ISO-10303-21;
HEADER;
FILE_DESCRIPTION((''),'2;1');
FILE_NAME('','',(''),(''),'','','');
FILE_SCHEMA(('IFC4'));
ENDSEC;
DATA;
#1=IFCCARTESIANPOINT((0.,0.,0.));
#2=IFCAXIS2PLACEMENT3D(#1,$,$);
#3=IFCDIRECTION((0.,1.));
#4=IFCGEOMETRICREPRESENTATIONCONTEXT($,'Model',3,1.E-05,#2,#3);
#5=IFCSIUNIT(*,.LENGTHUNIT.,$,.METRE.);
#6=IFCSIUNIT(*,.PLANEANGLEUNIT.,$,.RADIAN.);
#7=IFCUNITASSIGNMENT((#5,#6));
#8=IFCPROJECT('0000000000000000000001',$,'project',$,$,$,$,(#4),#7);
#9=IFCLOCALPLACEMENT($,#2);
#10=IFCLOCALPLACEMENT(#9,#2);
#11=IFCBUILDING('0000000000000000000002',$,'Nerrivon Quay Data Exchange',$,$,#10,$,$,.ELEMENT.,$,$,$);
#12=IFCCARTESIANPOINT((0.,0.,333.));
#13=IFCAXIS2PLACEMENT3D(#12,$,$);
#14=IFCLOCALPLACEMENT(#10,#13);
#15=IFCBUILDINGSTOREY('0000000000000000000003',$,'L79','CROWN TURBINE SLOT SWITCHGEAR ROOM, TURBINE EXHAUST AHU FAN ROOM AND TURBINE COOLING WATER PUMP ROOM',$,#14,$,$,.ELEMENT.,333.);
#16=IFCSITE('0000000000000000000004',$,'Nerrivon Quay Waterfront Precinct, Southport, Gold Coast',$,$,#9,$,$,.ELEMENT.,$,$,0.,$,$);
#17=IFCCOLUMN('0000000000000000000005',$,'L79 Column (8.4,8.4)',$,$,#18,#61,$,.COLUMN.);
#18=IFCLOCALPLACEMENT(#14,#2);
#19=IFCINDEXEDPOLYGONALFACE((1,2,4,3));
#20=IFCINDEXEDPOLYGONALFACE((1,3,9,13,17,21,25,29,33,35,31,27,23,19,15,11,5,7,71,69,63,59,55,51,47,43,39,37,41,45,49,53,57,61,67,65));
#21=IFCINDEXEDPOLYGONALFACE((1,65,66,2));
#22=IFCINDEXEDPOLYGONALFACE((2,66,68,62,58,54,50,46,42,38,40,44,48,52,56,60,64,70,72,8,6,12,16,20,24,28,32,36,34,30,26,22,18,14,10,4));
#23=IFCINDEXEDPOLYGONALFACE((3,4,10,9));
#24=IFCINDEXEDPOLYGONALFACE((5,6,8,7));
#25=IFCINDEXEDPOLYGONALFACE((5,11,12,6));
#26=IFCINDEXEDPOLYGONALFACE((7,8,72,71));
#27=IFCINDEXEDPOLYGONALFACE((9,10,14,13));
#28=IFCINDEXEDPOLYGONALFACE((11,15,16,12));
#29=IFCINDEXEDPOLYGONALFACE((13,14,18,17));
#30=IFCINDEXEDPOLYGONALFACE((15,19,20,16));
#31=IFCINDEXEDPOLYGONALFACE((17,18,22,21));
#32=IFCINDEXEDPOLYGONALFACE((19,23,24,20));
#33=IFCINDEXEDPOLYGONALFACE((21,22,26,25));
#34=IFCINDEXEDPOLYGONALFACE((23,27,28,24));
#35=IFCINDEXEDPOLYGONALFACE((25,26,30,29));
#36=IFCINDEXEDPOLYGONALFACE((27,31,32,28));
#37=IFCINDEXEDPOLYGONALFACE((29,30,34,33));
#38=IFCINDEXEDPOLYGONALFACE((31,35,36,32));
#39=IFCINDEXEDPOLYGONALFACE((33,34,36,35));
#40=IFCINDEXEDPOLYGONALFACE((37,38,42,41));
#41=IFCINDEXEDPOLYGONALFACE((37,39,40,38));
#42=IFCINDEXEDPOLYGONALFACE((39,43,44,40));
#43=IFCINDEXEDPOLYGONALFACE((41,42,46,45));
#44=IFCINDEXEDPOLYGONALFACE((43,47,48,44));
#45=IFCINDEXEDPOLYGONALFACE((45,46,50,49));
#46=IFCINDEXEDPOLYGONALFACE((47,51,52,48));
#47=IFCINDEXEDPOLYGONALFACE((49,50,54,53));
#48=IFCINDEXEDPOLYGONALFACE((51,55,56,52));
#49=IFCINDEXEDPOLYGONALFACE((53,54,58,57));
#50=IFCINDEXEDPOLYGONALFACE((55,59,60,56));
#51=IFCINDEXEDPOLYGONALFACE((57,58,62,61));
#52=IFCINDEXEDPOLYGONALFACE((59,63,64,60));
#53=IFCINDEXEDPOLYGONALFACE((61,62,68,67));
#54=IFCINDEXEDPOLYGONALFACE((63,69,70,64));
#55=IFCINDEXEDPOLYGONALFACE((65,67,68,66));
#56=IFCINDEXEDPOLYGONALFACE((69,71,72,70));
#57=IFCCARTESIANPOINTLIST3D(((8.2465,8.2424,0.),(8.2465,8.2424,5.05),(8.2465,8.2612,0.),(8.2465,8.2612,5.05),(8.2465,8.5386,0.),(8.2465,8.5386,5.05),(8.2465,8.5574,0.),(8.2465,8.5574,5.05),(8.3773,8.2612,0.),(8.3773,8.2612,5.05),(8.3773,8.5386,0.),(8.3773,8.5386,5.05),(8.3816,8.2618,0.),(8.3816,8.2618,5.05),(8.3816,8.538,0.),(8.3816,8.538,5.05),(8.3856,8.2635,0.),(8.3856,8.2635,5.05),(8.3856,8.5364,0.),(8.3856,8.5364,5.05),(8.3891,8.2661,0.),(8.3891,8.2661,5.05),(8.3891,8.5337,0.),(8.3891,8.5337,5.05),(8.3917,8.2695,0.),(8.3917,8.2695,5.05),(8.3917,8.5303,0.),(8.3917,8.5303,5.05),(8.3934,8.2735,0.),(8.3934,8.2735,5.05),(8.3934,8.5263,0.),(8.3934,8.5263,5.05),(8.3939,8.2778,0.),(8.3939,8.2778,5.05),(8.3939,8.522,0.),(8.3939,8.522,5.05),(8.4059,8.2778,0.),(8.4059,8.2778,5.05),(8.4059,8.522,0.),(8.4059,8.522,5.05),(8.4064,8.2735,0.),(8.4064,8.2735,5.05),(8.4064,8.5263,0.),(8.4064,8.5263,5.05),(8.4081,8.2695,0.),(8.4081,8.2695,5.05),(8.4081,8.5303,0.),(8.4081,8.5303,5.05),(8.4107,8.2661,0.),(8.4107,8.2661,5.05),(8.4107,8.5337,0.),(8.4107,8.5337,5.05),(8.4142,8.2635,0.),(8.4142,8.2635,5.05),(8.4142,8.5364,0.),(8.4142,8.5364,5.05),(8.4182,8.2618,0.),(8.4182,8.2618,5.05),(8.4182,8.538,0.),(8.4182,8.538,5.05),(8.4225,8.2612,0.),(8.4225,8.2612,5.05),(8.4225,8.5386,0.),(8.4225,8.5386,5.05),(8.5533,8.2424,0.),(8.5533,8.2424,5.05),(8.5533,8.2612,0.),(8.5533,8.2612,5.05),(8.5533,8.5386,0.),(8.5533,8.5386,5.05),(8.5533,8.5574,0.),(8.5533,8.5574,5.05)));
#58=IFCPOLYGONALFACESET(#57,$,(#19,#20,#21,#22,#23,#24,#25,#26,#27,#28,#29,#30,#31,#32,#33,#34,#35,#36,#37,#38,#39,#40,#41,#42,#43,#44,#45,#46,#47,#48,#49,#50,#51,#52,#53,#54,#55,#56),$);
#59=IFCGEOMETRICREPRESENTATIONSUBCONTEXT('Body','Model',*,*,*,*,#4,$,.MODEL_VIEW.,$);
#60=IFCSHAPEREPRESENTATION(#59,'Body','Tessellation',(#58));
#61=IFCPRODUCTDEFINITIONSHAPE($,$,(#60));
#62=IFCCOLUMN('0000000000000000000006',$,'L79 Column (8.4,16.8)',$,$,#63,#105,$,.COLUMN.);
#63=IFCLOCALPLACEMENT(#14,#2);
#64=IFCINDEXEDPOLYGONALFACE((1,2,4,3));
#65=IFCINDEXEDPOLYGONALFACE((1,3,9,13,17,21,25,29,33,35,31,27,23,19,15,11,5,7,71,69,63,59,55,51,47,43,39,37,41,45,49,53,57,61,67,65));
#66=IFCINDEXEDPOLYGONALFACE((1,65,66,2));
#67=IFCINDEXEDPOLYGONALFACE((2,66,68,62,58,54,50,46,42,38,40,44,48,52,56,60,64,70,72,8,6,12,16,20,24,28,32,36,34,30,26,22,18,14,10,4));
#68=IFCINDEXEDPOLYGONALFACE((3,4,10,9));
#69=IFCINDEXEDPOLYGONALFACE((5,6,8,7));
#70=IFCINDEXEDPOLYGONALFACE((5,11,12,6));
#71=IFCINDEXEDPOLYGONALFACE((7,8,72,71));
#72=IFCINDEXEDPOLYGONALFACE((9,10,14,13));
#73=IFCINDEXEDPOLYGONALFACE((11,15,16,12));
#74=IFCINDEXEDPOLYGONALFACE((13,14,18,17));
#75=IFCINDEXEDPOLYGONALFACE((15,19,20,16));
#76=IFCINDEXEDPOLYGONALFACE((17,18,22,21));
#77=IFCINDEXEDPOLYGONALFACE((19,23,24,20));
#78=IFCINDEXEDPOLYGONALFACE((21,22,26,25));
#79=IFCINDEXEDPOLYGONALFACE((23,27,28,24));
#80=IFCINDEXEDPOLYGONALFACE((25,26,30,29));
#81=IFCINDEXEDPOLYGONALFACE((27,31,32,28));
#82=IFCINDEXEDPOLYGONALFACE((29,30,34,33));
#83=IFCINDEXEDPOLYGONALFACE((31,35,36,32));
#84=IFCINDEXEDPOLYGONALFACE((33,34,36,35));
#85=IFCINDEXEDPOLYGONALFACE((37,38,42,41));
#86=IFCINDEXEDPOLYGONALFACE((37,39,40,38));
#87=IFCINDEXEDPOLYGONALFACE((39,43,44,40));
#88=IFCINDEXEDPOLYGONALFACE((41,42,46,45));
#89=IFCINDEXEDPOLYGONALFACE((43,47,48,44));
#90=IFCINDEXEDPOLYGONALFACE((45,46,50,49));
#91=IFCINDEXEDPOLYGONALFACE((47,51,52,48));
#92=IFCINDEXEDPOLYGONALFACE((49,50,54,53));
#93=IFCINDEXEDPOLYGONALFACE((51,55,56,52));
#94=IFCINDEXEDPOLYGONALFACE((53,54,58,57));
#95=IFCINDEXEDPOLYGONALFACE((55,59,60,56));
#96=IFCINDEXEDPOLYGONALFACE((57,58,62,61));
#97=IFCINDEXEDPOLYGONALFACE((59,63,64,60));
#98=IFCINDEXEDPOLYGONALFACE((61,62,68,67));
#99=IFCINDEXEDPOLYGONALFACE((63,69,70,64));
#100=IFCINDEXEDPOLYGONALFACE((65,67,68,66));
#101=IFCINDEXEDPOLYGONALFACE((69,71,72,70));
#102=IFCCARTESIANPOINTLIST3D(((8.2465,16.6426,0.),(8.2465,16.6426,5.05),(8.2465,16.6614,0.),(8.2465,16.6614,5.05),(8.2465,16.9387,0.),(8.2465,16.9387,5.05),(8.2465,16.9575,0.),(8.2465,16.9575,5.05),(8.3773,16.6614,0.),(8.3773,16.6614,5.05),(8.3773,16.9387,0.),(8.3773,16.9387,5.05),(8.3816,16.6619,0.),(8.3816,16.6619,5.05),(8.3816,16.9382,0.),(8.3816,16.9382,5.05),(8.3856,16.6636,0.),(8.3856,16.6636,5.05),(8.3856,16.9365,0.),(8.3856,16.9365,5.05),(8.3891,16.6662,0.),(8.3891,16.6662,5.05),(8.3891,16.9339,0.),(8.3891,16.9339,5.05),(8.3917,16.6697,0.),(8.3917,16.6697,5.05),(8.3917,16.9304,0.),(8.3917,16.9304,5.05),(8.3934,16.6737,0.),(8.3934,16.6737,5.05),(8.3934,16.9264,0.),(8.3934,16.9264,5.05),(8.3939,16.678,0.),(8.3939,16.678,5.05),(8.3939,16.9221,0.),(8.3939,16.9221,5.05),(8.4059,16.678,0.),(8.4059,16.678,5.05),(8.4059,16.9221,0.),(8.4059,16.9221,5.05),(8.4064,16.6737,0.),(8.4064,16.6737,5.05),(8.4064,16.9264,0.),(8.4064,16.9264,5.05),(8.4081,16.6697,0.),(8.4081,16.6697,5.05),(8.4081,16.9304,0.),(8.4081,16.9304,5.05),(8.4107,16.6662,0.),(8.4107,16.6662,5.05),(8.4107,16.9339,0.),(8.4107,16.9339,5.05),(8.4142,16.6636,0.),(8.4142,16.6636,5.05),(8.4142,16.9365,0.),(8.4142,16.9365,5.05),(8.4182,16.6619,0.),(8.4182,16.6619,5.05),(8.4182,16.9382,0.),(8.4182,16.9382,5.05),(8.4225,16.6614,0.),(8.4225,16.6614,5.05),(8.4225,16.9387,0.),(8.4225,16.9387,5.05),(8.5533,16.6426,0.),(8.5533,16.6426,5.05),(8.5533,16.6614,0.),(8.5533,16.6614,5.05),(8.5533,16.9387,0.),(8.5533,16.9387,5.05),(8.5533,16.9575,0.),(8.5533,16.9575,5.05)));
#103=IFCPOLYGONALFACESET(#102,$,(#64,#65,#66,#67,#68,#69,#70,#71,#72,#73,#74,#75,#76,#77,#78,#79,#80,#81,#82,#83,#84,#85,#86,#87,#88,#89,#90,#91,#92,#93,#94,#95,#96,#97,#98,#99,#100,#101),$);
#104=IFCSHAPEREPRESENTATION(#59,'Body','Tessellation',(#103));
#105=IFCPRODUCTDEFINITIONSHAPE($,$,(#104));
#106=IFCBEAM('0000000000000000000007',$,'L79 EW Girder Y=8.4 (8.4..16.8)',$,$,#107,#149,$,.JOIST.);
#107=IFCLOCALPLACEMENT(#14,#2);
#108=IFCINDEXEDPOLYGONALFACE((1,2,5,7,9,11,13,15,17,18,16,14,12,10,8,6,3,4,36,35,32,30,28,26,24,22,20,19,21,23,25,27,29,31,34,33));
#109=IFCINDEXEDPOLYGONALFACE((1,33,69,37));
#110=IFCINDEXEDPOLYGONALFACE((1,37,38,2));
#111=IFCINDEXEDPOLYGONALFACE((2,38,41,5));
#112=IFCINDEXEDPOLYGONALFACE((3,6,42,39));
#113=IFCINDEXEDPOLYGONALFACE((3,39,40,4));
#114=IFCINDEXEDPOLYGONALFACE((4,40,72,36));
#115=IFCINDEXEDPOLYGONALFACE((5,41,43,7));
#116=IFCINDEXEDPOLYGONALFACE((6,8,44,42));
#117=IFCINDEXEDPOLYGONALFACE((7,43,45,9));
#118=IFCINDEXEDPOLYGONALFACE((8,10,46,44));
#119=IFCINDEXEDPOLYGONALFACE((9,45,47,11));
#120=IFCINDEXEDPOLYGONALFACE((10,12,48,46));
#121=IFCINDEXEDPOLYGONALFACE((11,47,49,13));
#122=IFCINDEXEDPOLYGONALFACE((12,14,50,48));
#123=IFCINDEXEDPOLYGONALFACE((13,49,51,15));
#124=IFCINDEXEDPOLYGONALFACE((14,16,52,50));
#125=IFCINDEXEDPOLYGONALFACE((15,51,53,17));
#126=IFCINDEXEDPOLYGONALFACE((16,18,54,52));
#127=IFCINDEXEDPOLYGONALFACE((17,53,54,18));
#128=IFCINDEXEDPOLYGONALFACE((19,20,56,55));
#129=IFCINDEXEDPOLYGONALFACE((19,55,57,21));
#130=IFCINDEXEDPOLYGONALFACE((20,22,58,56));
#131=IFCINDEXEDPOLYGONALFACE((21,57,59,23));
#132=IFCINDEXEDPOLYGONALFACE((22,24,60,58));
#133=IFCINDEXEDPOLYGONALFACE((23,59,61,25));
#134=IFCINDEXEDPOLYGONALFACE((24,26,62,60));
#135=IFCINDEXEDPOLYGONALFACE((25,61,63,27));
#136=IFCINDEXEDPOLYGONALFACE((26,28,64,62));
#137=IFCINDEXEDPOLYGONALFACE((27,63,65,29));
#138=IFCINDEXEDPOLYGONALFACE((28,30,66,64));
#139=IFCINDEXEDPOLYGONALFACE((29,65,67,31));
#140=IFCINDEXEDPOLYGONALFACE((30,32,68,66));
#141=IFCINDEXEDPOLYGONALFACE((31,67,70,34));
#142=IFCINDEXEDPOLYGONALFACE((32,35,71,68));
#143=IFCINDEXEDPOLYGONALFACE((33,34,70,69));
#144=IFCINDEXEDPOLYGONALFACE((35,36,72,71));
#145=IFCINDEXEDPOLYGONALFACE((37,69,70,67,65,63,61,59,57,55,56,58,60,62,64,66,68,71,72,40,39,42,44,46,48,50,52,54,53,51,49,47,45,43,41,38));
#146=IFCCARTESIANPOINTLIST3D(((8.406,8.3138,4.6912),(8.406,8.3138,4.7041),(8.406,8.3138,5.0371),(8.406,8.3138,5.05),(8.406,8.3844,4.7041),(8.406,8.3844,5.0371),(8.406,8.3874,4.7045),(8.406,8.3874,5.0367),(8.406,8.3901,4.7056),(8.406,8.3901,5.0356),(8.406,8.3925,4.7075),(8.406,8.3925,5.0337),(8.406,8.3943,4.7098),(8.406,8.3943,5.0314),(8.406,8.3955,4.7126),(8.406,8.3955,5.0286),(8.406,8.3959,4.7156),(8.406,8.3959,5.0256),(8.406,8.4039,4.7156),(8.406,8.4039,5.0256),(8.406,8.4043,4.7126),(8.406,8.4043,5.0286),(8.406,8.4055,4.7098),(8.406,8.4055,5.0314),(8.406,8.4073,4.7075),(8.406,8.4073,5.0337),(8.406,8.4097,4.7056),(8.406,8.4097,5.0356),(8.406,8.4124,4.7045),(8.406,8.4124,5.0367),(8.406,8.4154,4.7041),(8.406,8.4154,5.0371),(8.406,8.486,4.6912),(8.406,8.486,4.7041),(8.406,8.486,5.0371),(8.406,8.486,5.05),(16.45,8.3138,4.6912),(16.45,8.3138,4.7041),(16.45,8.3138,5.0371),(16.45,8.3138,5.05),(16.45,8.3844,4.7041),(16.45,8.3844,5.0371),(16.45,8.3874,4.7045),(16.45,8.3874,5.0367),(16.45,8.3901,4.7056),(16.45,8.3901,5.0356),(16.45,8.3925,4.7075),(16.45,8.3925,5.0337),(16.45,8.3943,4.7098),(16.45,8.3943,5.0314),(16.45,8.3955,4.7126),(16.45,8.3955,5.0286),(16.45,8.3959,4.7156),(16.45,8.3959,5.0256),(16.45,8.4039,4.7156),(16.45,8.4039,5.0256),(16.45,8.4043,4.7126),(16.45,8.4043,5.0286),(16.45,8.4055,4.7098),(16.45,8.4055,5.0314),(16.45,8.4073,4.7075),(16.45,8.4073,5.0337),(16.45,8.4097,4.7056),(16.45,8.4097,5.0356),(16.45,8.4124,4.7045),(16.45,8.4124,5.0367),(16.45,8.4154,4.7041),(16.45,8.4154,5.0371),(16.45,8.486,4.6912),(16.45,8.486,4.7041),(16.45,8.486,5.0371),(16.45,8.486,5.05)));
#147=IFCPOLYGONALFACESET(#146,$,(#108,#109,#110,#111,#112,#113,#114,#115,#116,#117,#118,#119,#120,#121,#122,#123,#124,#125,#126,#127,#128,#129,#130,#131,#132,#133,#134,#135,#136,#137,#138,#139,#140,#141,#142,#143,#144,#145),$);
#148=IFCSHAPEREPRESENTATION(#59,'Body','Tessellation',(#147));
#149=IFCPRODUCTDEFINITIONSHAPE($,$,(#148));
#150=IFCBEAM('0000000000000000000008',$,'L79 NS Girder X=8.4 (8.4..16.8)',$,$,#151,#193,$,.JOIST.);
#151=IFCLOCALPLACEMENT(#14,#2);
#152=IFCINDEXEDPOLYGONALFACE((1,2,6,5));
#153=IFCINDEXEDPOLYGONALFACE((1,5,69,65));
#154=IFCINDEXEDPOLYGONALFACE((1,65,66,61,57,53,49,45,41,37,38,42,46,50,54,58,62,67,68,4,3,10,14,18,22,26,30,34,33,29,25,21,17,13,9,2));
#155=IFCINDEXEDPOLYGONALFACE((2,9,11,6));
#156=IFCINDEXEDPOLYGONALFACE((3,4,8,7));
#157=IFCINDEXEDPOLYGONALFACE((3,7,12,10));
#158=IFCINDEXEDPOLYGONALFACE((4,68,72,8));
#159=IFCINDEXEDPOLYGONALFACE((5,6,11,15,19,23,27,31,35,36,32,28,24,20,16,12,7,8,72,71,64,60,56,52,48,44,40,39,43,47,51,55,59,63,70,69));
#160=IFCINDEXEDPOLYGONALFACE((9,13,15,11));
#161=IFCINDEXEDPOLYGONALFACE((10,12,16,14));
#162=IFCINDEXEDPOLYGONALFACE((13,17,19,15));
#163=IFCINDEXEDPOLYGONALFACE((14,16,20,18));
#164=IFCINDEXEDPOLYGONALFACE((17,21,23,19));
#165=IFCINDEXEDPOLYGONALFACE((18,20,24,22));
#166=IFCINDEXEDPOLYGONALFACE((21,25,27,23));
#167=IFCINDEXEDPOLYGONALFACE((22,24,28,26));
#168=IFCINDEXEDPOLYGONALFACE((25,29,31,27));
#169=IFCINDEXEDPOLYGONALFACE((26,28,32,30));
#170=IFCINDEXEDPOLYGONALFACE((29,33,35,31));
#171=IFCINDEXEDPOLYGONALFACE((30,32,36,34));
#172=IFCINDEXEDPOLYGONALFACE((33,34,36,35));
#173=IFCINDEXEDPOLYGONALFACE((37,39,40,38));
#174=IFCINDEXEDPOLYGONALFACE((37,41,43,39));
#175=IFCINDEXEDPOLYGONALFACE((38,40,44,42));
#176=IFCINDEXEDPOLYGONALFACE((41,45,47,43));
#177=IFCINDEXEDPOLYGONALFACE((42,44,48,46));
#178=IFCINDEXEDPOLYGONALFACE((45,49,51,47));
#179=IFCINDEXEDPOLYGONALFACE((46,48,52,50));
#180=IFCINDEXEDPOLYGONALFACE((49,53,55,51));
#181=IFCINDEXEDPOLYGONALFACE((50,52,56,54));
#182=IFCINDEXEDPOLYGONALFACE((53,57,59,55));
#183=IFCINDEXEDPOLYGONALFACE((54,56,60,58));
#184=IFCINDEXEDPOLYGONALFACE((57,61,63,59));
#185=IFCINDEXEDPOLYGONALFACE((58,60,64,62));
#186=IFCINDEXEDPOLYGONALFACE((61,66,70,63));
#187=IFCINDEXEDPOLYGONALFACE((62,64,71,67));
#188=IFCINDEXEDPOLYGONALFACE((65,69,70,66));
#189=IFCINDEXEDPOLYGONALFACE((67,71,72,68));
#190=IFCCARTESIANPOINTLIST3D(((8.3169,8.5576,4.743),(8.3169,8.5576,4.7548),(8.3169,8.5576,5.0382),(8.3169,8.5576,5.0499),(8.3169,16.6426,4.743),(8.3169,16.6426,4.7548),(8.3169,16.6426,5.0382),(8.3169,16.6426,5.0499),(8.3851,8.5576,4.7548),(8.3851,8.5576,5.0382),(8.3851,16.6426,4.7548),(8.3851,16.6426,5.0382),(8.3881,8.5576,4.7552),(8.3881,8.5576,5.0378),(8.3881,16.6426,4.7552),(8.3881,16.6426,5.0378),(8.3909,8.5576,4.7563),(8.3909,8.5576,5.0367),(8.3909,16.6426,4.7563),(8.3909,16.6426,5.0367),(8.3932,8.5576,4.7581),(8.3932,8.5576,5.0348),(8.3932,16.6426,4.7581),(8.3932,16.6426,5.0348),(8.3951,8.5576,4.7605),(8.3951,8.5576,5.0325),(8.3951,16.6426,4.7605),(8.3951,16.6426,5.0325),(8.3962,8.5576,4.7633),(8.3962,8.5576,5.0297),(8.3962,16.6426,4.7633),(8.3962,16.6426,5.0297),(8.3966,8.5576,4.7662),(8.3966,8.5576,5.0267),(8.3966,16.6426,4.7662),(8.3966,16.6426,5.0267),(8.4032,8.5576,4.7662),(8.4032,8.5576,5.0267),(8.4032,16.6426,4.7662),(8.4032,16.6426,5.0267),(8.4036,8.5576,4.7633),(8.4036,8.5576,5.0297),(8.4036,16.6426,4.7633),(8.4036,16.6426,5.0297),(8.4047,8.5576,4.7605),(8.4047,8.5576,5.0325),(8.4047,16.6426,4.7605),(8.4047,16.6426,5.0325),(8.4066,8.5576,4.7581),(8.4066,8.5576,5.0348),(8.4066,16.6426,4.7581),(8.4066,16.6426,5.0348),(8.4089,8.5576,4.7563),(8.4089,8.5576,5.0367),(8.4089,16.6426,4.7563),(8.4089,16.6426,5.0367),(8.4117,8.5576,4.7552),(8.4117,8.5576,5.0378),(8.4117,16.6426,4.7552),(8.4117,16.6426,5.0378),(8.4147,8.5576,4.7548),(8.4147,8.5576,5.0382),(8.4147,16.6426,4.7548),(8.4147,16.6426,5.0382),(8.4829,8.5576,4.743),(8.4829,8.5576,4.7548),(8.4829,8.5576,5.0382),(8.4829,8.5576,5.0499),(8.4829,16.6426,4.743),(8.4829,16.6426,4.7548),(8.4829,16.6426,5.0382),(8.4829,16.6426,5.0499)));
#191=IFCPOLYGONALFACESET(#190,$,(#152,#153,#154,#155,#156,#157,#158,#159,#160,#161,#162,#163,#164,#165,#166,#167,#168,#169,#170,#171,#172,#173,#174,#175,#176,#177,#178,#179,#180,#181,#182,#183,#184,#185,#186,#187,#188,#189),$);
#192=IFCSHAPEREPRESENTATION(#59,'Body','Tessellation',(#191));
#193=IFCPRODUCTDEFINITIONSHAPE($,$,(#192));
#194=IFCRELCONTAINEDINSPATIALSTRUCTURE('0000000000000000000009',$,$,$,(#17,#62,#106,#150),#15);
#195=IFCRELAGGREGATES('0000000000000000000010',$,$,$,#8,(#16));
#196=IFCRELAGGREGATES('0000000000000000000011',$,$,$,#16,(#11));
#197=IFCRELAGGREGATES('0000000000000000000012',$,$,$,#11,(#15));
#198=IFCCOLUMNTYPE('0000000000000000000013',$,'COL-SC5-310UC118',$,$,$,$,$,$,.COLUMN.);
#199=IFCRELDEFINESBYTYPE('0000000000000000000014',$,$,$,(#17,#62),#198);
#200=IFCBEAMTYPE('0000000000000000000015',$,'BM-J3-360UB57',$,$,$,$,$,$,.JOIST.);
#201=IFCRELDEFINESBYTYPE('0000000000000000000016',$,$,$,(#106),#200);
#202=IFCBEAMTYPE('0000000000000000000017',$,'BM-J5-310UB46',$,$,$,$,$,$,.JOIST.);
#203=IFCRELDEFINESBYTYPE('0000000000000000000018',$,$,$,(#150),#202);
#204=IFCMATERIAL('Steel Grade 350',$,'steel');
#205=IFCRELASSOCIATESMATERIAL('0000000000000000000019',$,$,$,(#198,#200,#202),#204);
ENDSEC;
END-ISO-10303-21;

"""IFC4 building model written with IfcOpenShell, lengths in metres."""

from ifc_helpers import new_model, si_unit, direction, frame, origin, origin_2d, place, context, subcontext, project, spatial, i_section, extrude, material, material_profile, profile_set, type_object, element, save


model = new_model("IFC4")

# Units and contexts
model_context = context("Model", 3, precision=1e-05, world=origin(), true_north=direction((0.0, 1.0)))
body_context = subcontext(model_context, "Body", "Model", "MODEL_VIEW")
ifc_project = project(units=[si_unit("LENGTHUNIT", "METRE"), si_unit("PLANEANGLEUNIT", "RADIAN")], contexts=[model_context])

# Site, building, storey
site_placement = place(None, origin())
site = spatial("IfcSite", under=ifc_project, at=site_placement, Name="Nerrivon Quay Waterfront Precinct, Southport, Gold Coast", CompositionType="ELEMENT", RefElevation=0.0)
building_placement = place(site_placement, origin())
building = spatial("IfcBuilding", under=site, at=building_placement, Name="Nerrivon Quay Data Exchange", CompositionType="ELEMENT")
storey_placement = place(building_placement, frame((0.0, 0.0, 333.0)))
storey = spatial("IfcBuildingStorey", under=building, at=storey_placement, Name="L79", Description="CROWN TURBINE SLOT SWITCHGEAR ROOM, TURBINE EXHAUST AHU FAN ROOM AND TURBINE COOLING WATER PUMP ROOM", CompositionType="ELEMENT", Elevation=333.0)

# Columns
ifc_material_1 = material(Name="Steel Grade 350", Category="steel")
ifc_material_profile_1 = material_profile(ifc_material_1, i_section(OverallWidth=0.3069, OverallDepth=0.3149, WebThickness=0.012, FlangeThickness=0.0188, FilletRadius=0.0166, at=origin_2d()), Name="310UC118")
ifc_profile_set_1 = profile_set([ifc_material_profile_1], Name="Steel Grade 350")
column_type = type_object("IfcColumnType", Name="COL-SC5-310UC118", PredefinedType="COLUMN", material=ifc_profile_set_1)
for number, where, z_axis, x_axis, name in (
    (1, (8.3999, 8.3999, 0.0), (0.0, 0.0, 1.0), (1.0, 0.0, 0.0), "L79 Column (8.4,8.4)"),
    (2, (8.3999, 16.8, 0.0), (0.0, 0.0, 1.0), (1.0, 0.0, 0.0), "L79 Column (8.4,16.8)"),
):
    element("IfcColumn", number, at=place(storey_placement, frame(where, z_axis=z_axis, x_axis=x_axis)), inside=storey, type_object=column_type, Name=name, PredefinedType="COLUMN", context=body_context, shape_type="SweptSolid", body=[
        extrude(i_section(OverallWidth=0.3069, OverallDepth=0.3149, WebThickness=0.012, FlangeThickness=0.0188, FilletRadius=0.0166, at=origin_2d()), origin(), (0.0, 0.0, 1.0), 5.05),
    ])

# Beams
ifc_material_profile_2 = material_profile(ifc_material_1, i_section(OverallWidth=0.1721, OverallDepth=0.3589, WebThickness=0.0081, FlangeThickness=0.0129, FilletRadius=0.0115, at=origin_2d()), Name="360UB56.7")
ifc_profile_set_2 = profile_set([ifc_material_profile_2], Name="Steel Grade 350")
beam_type_1 = type_object("IfcBeamType", Name="BM-J3-360UB57", PredefinedType="JOIST", material=ifc_profile_set_2)
beam_1_placement = place(storey_placement, frame((8.406, 8.3999, 4.8706), z_axis=(1.0, 0.0, 0.0), x_axis=(0.0, 1.0, 0.0)))
element("IfcBeam", 3, at=beam_1_placement, inside=storey, type_object=beam_type_1, Name="L79 EW Girder Y=8.4 (8.4..16.8)", PredefinedType="JOIST", context=body_context, shape_type="SweptSolid", body=[
    extrude(i_section(OverallWidth=0.1721, OverallDepth=0.3589, WebThickness=0.0081, FlangeThickness=0.0129, FilletRadius=0.0115, at=origin_2d()), origin(), (0.0, 0.0, 1.0), 8.0439),
])
ifc_material_profile_3 = material_profile(ifc_material_1, i_section(OverallWidth=0.166, OverallDepth=0.3069, WebThickness=0.0066, FlangeThickness=0.0117, FilletRadius=0.0115, at=origin_2d()), Name="310UB46.2")
ifc_profile_set_3 = profile_set([ifc_material_profile_3], Name="Steel Grade 350")
beam_type_2 = type_object("IfcBeamType", Name="BM-J5-310UB46", PredefinedType="JOIST", material=ifc_profile_set_3)
beam_2_placement = place(storey_placement, frame((8.3999, 8.5576, 4.8965), z_axis=(0.0, 1.0, 0.0), x_axis=(-1.0, 0.0, 0.0)))
element("IfcBeam", 4, at=beam_2_placement, inside=storey, type_object=beam_type_2, Name="L79 NS Girder X=8.4 (8.4..16.8)", PredefinedType="JOIST", context=body_context, shape_type="SweptSolid", body=[
    extrude(i_section(OverallWidth=0.166, OverallDepth=0.3069, WebThickness=0.0066, FlangeThickness=0.0117, FilletRadius=0.0115, at=origin_2d()), origin(), (0.0, 0.0, 1.0), 8.085),
])

save(model, "model.ifc")
